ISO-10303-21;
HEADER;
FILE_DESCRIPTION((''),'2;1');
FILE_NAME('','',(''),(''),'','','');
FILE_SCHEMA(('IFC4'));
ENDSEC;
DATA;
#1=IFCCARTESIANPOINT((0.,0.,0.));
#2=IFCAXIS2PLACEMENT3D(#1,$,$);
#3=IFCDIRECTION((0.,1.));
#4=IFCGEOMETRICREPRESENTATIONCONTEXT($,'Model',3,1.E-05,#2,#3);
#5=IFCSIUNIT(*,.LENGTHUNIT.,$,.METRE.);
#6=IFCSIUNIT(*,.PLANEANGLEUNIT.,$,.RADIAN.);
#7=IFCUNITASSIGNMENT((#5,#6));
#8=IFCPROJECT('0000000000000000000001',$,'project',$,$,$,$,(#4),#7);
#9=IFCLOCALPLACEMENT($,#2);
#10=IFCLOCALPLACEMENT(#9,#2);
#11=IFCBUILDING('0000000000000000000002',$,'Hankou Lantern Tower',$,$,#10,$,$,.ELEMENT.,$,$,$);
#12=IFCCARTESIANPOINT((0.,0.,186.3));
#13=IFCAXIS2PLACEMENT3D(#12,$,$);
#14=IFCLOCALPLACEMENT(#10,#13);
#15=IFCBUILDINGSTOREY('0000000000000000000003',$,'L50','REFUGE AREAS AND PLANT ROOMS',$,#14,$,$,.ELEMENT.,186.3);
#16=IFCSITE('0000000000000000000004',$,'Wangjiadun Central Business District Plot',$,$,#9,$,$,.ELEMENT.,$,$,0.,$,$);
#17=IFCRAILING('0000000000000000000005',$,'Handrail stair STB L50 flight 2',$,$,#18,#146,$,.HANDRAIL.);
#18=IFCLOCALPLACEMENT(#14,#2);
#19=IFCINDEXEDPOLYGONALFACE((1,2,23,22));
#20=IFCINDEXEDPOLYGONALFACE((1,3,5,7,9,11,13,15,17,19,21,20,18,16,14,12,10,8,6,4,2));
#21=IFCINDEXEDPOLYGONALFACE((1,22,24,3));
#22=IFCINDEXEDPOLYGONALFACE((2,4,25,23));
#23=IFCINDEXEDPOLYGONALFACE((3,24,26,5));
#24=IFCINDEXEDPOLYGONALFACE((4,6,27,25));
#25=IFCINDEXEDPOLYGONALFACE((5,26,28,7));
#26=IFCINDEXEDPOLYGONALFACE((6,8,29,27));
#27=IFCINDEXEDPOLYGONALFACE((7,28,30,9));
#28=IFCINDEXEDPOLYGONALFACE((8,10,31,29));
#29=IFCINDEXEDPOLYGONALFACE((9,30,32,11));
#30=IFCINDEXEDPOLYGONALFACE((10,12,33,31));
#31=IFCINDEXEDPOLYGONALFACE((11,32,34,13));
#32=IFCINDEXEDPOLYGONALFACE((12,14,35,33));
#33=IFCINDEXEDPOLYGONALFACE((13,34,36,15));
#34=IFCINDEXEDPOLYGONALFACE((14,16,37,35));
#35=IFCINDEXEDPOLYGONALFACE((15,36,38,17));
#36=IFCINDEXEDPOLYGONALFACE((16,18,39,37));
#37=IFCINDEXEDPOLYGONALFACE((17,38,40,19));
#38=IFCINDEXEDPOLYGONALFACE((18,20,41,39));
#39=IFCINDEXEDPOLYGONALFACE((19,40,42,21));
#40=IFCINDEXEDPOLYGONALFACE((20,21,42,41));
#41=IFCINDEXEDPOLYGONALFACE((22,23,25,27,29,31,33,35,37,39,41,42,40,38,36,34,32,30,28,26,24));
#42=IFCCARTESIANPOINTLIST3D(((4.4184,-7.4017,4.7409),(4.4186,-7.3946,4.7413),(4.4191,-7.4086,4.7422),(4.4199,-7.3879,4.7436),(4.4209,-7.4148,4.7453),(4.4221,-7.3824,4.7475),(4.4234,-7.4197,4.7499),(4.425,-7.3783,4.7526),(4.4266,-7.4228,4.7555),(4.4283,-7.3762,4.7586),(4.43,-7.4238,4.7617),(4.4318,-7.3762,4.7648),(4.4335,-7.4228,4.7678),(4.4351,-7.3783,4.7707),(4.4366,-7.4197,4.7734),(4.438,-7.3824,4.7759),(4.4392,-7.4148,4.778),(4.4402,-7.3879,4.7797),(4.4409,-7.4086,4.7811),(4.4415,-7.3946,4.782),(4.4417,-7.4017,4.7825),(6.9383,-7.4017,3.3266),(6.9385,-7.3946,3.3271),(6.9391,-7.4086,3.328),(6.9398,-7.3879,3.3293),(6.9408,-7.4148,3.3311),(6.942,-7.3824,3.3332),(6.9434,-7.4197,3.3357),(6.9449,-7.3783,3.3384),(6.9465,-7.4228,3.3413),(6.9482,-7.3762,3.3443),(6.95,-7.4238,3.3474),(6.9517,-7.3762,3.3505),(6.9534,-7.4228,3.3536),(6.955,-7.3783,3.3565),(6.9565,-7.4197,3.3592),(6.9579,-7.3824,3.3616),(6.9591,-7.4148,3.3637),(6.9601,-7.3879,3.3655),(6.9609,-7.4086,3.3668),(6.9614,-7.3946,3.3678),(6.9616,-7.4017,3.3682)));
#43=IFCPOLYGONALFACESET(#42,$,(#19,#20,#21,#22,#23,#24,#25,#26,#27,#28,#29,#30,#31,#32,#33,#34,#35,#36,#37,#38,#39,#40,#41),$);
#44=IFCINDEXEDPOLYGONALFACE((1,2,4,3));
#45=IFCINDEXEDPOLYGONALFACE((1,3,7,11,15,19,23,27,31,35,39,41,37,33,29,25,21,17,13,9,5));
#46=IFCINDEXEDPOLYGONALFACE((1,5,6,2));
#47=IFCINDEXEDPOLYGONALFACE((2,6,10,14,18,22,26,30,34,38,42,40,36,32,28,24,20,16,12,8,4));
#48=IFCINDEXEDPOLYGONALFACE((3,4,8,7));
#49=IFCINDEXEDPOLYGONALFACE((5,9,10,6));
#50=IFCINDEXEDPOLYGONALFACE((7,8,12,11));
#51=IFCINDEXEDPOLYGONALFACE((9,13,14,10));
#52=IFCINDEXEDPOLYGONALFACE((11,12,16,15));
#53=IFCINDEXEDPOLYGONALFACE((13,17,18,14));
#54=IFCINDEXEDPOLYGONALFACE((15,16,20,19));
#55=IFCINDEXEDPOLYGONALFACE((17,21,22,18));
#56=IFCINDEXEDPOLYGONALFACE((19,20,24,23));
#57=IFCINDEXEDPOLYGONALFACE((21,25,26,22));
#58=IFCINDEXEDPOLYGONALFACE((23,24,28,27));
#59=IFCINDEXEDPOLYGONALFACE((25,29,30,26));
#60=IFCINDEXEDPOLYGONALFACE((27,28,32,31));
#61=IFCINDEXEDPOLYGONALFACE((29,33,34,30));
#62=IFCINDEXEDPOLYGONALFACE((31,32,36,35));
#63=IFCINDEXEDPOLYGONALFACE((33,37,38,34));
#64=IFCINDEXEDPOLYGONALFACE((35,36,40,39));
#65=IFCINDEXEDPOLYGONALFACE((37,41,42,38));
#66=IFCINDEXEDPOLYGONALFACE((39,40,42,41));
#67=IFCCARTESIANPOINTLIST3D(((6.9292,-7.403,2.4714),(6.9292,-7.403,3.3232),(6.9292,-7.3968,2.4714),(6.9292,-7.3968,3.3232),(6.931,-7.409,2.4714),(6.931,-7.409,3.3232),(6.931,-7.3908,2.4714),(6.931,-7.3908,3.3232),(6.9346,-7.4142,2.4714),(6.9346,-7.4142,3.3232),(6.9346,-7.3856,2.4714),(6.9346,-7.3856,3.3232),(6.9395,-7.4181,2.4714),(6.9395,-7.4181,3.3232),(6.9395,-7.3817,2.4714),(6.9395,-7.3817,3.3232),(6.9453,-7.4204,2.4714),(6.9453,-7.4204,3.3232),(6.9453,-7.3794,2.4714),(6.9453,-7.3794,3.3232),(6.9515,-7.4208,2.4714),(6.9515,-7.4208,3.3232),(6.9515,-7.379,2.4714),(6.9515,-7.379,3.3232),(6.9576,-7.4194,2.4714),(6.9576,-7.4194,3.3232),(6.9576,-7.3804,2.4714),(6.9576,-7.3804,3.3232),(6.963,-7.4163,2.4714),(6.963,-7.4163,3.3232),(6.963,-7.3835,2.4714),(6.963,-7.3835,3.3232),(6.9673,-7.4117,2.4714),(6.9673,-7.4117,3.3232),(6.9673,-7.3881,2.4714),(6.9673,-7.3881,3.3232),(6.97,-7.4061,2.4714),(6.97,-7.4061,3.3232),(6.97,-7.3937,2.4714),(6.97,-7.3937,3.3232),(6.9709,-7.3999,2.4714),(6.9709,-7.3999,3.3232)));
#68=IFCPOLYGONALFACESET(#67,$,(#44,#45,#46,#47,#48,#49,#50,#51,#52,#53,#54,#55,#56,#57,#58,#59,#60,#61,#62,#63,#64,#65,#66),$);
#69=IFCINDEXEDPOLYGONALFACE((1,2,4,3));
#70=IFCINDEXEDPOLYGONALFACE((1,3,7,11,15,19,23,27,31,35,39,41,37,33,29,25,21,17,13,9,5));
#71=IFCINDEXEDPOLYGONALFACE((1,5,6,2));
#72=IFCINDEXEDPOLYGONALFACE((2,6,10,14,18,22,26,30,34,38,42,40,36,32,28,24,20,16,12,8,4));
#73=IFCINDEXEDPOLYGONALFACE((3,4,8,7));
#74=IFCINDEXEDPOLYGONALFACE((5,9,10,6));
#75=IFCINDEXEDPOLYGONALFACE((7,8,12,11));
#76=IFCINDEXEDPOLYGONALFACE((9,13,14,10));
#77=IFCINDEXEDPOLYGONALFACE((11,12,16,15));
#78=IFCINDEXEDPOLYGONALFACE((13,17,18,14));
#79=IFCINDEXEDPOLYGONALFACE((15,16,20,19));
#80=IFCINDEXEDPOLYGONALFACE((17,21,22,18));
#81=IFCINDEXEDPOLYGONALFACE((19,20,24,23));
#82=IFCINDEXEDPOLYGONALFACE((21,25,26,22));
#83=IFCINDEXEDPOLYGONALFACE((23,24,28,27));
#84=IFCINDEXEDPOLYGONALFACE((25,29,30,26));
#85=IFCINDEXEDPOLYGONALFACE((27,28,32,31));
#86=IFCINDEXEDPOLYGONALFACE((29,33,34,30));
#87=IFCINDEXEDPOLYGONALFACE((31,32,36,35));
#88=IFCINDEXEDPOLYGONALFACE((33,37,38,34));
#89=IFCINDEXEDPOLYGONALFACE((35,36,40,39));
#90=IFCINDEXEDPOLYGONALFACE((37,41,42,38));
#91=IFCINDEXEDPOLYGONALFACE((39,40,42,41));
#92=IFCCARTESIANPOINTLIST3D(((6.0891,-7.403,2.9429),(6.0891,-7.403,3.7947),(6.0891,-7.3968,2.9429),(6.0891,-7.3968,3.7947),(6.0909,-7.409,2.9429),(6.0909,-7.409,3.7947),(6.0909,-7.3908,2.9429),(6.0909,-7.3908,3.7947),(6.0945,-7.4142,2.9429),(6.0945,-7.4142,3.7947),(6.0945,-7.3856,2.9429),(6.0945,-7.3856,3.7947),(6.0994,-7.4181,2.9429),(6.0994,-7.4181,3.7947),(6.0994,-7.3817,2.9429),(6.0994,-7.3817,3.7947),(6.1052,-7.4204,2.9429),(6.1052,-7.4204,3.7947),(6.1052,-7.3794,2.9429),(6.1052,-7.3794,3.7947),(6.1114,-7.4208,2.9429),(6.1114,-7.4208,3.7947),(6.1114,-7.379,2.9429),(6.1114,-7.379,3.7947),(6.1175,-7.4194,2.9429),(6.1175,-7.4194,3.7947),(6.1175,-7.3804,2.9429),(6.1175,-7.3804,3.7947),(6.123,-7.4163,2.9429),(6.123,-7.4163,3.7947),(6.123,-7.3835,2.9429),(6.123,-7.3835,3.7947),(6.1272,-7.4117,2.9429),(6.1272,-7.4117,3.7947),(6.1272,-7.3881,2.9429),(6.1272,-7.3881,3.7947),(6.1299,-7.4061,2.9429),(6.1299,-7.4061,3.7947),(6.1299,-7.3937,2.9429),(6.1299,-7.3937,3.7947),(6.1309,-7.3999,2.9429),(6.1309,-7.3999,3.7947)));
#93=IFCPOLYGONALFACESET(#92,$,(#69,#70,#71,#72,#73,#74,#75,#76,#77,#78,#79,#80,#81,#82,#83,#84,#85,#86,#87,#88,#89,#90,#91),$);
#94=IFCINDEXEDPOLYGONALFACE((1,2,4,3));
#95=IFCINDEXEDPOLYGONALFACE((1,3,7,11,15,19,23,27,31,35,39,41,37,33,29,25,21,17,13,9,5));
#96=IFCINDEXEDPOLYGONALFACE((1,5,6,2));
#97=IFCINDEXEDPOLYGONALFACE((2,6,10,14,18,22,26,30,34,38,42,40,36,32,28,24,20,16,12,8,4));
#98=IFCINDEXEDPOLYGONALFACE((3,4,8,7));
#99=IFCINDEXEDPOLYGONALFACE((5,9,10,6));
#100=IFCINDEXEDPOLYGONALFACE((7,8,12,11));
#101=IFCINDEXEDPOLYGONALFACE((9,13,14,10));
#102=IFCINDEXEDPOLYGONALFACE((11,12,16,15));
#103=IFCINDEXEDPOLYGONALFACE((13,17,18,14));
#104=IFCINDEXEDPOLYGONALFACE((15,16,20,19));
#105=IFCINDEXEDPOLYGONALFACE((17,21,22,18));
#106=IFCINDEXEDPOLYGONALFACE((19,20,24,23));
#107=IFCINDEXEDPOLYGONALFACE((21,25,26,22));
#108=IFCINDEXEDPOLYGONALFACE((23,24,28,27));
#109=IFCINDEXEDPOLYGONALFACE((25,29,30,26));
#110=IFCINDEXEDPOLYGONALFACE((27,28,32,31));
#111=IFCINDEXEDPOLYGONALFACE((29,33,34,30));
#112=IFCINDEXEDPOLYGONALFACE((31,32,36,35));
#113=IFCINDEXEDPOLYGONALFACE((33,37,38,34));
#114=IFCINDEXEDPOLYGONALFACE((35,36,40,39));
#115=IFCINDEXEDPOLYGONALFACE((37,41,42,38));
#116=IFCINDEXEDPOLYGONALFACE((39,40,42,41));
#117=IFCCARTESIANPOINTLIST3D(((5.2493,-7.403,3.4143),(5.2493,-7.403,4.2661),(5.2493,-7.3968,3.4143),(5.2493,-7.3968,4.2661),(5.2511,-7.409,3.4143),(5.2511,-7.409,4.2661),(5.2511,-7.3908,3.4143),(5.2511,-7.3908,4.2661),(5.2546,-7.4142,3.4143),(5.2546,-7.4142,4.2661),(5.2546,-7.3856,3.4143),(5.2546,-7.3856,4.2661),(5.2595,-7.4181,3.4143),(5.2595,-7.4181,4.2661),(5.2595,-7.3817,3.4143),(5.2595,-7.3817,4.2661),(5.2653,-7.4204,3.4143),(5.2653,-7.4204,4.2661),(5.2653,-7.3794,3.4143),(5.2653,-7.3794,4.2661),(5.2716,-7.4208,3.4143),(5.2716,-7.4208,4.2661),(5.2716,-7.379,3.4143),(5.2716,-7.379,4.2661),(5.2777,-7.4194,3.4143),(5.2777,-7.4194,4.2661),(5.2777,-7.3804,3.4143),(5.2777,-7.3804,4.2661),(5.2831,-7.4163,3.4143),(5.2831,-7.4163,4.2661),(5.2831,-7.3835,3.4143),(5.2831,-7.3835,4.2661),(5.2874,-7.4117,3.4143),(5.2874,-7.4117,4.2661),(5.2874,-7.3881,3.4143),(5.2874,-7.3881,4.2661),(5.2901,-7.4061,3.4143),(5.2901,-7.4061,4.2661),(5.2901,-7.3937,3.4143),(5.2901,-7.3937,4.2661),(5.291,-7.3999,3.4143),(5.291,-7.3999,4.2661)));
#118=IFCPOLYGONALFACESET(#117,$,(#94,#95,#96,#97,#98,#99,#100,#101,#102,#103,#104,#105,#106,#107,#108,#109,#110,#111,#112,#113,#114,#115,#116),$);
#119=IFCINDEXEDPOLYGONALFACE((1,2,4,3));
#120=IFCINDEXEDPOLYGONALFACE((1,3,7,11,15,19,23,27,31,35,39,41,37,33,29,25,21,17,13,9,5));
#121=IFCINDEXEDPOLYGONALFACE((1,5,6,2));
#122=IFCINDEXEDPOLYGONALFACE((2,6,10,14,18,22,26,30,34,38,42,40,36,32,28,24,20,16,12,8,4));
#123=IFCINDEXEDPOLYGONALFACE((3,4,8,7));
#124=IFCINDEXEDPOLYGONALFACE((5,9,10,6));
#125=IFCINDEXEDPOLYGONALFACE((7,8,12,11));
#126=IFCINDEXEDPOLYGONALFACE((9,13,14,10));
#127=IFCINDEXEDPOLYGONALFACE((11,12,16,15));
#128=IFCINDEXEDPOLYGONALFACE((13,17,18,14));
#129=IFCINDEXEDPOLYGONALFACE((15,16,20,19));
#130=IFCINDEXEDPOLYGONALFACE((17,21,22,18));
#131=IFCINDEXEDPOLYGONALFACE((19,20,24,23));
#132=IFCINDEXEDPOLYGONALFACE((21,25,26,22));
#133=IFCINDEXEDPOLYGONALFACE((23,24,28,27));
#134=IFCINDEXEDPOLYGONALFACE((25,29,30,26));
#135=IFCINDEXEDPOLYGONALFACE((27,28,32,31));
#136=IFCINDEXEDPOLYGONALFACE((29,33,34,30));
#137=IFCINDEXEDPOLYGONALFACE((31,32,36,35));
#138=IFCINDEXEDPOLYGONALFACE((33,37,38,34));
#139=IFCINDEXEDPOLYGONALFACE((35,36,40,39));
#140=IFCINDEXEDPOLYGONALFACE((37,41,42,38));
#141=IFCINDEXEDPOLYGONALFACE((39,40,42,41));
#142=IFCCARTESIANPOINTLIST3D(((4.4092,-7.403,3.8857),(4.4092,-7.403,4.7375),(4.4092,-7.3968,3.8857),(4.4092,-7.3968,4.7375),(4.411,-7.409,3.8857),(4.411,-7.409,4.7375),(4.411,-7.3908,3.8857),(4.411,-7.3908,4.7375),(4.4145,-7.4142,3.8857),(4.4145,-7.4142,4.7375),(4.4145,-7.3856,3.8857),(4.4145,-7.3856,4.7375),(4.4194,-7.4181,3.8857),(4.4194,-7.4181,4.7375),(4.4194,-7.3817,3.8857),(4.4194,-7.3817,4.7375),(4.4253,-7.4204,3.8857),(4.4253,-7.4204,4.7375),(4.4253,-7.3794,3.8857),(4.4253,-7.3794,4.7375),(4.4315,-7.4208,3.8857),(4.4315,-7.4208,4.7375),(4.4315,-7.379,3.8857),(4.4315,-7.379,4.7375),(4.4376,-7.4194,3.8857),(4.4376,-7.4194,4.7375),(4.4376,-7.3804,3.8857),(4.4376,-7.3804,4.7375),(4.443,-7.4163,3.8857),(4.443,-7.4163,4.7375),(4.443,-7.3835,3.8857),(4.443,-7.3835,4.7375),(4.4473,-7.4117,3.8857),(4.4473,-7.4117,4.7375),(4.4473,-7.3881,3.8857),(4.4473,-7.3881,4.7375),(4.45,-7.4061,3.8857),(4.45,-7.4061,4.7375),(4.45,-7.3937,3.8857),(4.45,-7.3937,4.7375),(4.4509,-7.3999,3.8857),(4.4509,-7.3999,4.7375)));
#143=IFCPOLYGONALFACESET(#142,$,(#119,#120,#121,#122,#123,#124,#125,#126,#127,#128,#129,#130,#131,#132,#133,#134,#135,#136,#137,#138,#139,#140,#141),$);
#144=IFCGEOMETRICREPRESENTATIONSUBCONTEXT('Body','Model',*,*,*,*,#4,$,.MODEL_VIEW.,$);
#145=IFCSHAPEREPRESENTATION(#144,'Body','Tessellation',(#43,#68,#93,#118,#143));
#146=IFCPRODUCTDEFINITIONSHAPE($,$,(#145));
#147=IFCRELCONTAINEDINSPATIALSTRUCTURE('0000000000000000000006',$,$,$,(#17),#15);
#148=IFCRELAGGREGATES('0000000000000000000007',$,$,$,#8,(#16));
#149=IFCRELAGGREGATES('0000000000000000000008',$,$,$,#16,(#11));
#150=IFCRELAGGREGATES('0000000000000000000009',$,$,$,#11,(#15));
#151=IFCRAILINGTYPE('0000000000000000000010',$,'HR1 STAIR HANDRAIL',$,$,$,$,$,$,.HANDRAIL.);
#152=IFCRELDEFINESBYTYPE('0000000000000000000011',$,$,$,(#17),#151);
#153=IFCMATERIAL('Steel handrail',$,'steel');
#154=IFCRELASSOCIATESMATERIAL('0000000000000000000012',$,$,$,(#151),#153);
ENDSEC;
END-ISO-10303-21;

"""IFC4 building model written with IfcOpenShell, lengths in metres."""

from ifc_helpers import new_model, si_unit, direction, frame, origin, origin_2d, place, context, subcontext, project, spatial, circle, extrude, material, type_object, element, save


model = new_model("IFC4")

# Units and contexts
model_context = context("Model", 3, precision=1e-05, world=origin(), true_north=direction((0.0, 1.0)))
body_context = subcontext(model_context, "Body", "Model", "MODEL_VIEW")
ifc_project = project(units=[si_unit("LENGTHUNIT", "METRE"), si_unit("PLANEANGLEUNIT", "RADIAN")], contexts=[model_context])

# Site, building, storey
site_placement = place(None, origin())
site = spatial("IfcSite", under=ifc_project, at=site_placement, Name="Wangjiadun Central Business District Plot", CompositionType="ELEMENT", RefElevation=0.0)
building_placement = place(site_placement, origin())
building = spatial("IfcBuilding", under=site, at=building_placement, Name="Hankou Lantern Tower", CompositionType="ELEMENT")
storey_placement = place(building_placement, frame((0.0, 0.0, 186.3)))
storey = spatial("IfcBuildingStorey", under=building, at=storey_placement, Name="L50", Description="REFUGE AREAS AND PLANT ROOMS", CompositionType="ELEMENT", Elevation=186.3)

# Railing
ifc_material_1 = material(Name="Steel handrail", Category="steel")
railing_type = type_object("IfcRailingType", Name="HR1 STAIR HANDRAIL", PredefinedType="HANDRAIL", material=ifc_material_1)
railing_1_placement = place(storey_placement, frame((6.95, -7.3999, 2.4714)))
element("IfcRailing", 1, at=railing_1_placement, inside=storey, type_object=railing_type, Name="Handrail stair STB L50 flight 2", PredefinedType="HANDRAIL", context=body_context, shape_type="SweptSolid", body=[
    extrude(circle(Radius=0.0239, at=origin_2d()), frame((0.0, 0.0, 0.876), z_axis=(-0.872049, 0.0, 0.489419), x_axis=(0.0, -1.0, 0.0)), (0.0, 0.0, 1.0), 2.8896),
    extrude(circle(Radius=0.021, at=origin_2d()), origin(), (0.0, 0.0, 1.0), 0.8518),
    extrude(circle(Radius=0.021, at=origin_2d()), frame((-0.8401, 0.0, 0.4714)), (0.0, 0.0, 1.0), 0.8518),
    extrude(circle(Radius=0.021, at=origin_2d()), frame((-1.6799, 0.0, 0.9429)), (0.0, 0.0, 1.0), 0.8518),
    extrude(circle(Radius=0.021, at=origin_2d()), frame((-2.52, 0.0, 1.4143)), (0.0, 0.0, 1.0), 0.8518),
])

save(model, "model.ifc")
